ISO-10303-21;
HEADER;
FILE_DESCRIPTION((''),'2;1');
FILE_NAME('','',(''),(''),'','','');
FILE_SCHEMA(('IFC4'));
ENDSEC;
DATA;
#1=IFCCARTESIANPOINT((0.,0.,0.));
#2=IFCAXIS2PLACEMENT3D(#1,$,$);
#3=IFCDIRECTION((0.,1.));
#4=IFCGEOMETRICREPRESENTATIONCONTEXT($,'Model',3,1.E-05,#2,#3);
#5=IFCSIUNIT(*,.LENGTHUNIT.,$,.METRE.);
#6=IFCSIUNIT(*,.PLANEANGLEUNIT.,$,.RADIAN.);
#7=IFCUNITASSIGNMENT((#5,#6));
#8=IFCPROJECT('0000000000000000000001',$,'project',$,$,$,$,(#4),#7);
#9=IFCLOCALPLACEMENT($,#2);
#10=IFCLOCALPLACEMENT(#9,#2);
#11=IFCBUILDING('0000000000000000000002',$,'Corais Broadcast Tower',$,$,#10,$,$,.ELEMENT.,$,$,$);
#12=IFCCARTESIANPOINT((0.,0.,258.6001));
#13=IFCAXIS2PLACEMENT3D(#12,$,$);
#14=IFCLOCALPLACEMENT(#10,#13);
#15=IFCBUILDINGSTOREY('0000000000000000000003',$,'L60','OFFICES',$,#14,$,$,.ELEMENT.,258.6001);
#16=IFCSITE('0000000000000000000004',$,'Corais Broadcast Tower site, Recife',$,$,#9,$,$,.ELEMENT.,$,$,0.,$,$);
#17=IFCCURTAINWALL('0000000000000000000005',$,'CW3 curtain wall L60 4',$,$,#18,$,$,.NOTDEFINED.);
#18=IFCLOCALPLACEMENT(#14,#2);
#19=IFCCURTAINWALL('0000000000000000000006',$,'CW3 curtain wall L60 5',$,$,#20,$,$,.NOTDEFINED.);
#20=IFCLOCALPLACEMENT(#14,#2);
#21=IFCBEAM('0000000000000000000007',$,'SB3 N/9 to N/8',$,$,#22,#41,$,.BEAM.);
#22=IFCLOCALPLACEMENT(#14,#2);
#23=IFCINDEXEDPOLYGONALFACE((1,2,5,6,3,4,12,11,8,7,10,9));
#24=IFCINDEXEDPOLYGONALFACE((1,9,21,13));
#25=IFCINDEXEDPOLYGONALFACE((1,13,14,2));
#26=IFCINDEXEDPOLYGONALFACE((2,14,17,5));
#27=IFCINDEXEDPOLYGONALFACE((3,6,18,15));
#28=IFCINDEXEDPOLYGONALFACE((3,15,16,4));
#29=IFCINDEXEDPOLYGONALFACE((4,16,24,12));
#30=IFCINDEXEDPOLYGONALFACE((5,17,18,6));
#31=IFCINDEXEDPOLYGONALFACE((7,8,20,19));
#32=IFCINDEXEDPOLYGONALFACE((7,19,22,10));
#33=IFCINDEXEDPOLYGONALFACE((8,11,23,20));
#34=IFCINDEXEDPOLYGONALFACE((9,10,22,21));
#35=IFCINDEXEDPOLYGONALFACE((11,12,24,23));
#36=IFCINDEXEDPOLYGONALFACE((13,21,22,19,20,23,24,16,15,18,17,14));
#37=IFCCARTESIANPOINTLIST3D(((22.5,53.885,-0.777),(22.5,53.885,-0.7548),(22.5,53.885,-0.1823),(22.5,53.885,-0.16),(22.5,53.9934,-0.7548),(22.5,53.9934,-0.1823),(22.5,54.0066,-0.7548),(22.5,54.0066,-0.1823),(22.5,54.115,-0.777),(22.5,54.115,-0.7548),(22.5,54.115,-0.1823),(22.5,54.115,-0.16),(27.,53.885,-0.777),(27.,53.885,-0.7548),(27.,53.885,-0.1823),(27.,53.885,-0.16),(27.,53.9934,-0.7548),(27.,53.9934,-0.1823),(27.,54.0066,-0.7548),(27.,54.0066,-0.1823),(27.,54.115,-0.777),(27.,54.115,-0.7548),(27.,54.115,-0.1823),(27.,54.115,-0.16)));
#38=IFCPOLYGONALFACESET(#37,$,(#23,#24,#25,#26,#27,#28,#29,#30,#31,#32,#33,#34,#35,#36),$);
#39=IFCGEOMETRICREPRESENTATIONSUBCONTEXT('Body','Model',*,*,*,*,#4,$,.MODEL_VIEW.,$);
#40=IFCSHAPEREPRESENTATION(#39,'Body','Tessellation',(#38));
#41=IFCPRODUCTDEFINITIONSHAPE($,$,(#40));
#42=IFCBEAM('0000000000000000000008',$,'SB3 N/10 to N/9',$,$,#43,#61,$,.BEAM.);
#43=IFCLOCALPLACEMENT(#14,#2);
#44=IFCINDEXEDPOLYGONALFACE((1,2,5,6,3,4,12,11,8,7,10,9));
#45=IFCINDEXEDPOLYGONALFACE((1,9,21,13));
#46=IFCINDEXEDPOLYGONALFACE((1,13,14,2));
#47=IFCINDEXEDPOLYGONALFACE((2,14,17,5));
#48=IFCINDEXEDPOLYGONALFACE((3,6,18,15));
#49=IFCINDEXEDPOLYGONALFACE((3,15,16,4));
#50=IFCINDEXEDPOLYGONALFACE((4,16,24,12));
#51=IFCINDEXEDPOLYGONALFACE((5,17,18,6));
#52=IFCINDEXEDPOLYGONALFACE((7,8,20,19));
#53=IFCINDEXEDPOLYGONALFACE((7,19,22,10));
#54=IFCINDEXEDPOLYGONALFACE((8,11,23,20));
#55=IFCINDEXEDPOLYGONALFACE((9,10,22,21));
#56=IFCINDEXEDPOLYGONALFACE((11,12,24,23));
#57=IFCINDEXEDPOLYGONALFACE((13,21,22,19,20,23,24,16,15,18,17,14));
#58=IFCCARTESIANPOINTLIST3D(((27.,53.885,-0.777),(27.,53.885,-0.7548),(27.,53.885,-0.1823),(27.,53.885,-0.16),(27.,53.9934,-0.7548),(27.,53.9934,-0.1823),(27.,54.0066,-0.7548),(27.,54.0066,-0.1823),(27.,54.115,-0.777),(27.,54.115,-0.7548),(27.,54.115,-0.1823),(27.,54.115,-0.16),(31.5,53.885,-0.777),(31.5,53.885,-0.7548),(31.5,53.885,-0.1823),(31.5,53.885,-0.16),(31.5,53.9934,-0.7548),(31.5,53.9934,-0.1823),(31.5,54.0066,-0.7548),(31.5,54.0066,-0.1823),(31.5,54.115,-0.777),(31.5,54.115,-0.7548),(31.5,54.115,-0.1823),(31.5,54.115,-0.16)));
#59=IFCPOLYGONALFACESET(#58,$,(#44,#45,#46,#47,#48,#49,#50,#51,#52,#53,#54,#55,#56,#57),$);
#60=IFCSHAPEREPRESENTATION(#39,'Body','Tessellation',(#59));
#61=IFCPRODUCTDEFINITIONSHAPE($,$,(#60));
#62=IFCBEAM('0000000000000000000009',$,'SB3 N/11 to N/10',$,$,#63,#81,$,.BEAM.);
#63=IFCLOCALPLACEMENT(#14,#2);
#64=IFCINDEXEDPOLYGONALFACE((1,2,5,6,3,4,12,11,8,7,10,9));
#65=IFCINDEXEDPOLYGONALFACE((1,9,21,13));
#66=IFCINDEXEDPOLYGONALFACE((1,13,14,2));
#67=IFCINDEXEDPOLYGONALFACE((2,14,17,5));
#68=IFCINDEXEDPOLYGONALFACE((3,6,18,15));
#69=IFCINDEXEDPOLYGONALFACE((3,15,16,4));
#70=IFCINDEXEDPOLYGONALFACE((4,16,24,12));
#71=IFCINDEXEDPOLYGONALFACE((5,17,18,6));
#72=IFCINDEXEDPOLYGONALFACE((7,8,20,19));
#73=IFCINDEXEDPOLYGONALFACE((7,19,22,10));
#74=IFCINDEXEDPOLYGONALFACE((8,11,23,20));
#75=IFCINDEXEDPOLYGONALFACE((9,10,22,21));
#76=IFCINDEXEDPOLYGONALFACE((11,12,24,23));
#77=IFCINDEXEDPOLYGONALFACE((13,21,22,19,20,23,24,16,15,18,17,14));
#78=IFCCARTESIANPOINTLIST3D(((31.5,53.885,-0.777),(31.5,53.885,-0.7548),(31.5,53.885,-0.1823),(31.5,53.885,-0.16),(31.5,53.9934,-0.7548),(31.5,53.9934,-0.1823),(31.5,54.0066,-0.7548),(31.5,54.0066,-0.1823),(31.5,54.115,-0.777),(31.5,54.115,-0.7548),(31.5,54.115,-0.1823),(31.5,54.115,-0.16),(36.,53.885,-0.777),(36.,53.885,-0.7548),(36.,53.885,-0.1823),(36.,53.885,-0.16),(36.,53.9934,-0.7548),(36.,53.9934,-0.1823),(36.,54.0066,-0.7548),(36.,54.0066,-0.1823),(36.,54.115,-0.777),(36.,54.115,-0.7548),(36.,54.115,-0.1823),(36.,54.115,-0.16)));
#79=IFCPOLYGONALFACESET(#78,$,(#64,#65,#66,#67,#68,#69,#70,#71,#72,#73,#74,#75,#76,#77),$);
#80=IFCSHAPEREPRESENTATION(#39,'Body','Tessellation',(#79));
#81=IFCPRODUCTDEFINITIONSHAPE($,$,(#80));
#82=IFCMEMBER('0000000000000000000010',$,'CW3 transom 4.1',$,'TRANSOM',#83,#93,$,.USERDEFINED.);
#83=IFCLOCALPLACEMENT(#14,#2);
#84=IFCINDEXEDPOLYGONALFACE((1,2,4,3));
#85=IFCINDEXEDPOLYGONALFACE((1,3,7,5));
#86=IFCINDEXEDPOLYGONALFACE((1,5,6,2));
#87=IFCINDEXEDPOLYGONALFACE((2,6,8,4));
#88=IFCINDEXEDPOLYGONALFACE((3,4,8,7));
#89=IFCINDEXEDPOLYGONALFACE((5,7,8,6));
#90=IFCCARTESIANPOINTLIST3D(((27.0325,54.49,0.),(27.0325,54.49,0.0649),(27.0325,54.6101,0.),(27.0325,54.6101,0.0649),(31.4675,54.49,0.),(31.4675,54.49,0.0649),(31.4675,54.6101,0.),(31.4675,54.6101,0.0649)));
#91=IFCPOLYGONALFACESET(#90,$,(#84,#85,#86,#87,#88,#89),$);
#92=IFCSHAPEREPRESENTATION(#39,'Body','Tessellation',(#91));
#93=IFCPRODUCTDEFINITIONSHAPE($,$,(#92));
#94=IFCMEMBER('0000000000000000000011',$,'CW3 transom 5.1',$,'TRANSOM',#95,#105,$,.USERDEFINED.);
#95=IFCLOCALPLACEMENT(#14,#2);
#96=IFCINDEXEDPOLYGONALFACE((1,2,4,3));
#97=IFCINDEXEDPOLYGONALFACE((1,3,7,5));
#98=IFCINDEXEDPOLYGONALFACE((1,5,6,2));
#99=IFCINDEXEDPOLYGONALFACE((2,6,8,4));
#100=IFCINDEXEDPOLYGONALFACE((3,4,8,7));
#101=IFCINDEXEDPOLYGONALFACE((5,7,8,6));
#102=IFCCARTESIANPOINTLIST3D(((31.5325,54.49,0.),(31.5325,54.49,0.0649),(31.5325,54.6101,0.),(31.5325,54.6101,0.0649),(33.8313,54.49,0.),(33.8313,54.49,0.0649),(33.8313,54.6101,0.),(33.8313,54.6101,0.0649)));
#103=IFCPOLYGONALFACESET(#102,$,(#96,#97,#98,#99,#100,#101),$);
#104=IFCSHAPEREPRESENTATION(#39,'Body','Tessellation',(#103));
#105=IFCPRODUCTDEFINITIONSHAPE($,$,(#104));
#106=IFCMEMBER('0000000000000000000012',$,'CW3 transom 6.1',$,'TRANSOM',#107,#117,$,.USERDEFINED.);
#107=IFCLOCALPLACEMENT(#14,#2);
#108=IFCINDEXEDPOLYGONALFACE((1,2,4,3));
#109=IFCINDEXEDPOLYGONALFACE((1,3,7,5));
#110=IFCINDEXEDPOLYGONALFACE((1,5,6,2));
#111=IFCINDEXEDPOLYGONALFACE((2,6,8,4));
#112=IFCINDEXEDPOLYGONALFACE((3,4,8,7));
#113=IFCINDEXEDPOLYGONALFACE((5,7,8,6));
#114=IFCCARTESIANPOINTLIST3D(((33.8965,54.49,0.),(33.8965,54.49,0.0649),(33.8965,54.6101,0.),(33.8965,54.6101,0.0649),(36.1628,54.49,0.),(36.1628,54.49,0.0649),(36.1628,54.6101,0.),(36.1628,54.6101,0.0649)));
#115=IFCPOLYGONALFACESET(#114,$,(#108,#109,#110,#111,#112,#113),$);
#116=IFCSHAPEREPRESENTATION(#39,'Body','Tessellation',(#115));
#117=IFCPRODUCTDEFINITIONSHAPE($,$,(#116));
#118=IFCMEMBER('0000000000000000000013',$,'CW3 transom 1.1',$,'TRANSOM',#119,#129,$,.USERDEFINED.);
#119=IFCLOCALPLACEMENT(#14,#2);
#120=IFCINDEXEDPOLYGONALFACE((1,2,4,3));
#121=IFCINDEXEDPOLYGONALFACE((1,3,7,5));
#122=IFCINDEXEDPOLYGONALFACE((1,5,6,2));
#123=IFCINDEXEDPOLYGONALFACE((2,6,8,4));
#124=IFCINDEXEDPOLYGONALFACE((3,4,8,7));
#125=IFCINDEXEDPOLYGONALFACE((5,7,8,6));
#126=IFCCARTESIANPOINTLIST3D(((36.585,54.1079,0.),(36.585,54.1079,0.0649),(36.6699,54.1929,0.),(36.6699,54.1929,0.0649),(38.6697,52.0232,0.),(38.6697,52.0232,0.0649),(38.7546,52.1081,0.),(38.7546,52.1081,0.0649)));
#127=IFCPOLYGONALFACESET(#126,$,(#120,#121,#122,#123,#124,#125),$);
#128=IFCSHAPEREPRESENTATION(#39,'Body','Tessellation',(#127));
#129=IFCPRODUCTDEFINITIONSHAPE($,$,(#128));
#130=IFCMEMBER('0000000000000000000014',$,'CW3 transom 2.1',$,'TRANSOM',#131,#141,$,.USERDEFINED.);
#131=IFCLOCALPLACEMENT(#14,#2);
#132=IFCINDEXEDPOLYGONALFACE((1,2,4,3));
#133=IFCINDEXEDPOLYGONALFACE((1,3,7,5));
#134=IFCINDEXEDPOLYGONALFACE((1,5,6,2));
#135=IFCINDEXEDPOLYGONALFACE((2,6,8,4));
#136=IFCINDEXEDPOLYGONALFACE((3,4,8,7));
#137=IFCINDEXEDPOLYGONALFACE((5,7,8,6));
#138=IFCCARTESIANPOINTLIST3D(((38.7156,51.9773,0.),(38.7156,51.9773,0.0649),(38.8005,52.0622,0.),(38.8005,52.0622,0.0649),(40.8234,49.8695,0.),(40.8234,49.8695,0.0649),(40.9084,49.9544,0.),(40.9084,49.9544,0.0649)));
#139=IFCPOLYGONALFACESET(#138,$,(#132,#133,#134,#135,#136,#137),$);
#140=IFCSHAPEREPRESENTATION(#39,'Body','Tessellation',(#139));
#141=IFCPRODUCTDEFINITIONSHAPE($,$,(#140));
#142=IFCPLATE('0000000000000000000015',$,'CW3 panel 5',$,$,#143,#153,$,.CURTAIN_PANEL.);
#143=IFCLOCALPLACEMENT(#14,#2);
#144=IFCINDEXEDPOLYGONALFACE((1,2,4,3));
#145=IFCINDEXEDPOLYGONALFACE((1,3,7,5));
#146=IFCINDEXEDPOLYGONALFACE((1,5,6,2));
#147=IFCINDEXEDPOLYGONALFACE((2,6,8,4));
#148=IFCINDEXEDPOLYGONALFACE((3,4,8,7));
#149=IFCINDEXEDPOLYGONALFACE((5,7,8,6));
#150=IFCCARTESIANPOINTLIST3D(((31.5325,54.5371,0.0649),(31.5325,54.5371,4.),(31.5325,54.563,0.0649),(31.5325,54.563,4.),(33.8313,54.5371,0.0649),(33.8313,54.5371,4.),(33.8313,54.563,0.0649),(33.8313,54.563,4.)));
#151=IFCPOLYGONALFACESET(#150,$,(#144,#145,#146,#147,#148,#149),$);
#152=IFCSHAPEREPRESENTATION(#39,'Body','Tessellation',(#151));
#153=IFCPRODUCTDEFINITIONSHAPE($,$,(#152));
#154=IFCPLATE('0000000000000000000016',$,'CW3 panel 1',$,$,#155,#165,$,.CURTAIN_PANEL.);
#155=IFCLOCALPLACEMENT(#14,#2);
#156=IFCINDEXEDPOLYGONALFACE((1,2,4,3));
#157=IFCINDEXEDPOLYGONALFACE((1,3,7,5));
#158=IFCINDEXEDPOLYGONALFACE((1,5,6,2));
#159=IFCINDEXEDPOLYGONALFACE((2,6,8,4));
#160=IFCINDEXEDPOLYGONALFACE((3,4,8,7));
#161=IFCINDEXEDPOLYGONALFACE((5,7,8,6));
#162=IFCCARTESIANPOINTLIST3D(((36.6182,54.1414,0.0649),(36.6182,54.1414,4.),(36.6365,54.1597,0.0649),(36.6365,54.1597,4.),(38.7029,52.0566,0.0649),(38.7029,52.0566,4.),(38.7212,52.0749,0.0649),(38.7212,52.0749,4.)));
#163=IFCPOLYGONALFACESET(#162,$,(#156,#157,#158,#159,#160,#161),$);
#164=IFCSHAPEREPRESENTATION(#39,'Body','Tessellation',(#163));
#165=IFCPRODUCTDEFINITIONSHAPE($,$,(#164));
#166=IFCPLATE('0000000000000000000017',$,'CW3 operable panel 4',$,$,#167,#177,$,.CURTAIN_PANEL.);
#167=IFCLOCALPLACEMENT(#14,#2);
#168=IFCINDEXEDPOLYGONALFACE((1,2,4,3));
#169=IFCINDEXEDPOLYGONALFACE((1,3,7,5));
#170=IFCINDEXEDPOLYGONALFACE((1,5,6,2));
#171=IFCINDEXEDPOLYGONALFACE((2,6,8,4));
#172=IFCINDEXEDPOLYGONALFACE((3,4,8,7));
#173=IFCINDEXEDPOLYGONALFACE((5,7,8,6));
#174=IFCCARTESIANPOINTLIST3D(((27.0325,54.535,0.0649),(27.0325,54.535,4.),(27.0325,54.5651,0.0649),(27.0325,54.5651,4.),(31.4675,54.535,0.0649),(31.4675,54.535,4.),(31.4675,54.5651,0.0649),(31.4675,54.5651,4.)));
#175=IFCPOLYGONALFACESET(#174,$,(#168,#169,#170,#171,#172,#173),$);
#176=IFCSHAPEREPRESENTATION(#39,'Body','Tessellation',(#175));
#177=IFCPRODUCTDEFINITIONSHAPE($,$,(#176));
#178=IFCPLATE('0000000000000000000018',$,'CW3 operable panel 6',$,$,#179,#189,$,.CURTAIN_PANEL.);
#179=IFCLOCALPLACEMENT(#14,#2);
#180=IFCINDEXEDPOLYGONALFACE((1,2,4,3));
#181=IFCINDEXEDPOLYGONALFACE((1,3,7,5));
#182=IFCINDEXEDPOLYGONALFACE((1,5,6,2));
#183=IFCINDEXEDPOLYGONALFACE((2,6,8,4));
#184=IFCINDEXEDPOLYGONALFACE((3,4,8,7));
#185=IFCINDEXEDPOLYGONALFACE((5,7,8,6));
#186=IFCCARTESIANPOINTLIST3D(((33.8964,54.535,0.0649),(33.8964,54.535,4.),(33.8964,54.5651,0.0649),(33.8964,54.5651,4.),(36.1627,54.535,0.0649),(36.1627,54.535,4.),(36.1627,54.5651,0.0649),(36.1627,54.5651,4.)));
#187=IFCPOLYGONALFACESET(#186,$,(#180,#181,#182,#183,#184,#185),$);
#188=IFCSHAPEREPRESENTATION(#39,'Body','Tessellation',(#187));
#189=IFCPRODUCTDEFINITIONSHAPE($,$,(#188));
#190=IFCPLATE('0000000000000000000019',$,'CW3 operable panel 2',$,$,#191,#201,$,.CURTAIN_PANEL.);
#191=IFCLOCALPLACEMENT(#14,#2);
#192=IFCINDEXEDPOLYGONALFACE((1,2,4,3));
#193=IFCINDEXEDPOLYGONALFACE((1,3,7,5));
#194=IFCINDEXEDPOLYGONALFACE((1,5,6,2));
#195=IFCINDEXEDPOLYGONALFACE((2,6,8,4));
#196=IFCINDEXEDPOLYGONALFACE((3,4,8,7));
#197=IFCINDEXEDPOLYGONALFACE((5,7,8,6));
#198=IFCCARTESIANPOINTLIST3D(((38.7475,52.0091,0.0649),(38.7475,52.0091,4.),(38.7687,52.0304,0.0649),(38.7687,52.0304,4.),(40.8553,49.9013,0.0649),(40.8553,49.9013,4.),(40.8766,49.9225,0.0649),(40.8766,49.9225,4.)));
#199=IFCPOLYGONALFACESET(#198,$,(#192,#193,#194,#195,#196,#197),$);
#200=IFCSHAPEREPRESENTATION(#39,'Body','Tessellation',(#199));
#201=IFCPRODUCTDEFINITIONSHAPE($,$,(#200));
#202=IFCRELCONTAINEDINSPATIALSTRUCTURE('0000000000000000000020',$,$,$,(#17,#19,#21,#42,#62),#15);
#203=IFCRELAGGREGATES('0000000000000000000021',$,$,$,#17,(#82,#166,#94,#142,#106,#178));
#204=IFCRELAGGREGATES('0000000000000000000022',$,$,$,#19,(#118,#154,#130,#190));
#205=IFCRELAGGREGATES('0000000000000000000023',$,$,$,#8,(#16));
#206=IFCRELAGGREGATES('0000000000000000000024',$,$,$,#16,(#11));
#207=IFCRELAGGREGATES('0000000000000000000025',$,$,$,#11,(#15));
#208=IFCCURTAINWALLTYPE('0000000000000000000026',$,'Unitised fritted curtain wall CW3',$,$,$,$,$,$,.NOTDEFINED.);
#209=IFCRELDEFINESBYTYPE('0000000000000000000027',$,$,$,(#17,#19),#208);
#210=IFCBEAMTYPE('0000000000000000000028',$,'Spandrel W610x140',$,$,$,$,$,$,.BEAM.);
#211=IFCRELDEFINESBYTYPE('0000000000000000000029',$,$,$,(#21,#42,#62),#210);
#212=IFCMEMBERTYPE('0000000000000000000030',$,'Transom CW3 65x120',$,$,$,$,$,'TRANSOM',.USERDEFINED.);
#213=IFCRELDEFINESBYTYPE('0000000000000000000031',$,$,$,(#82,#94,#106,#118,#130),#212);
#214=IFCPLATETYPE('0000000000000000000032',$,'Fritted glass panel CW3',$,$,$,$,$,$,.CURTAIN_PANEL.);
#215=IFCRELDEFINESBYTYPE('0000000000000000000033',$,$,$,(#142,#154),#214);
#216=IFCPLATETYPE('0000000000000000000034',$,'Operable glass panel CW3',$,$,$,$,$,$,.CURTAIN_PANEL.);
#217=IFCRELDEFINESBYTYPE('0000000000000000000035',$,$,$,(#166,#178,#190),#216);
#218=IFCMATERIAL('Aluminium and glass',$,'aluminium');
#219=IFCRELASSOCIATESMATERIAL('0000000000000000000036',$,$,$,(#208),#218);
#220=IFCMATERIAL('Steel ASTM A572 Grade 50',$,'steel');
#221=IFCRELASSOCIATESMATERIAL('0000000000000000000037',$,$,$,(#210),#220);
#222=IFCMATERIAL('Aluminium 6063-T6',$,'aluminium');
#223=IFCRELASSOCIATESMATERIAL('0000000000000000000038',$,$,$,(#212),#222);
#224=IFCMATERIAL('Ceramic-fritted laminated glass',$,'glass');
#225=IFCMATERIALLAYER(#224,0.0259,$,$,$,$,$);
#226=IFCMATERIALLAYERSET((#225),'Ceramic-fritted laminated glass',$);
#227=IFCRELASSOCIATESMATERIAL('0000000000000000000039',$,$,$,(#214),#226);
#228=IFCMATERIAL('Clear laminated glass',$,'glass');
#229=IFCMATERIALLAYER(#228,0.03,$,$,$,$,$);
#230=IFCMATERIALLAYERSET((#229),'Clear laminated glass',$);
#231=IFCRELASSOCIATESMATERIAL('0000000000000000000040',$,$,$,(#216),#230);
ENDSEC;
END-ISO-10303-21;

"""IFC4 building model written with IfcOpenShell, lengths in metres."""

from ifc_helpers import new_model, si_unit, direction, frame, origin, origin_2d, place, context, subcontext, project, spatial, rectangle, i_section, extrude, material, layer, layer_set, material_profile, profile_set, type_object, element, aggregate, save


model = new_model("IFC4")

# Units and contexts
model_context = context("Model", 3, precision=1e-05, world=origin(), true_north=direction((0.0, 1.0)))
body_context = subcontext(model_context, "Body", "Model", "MODEL_VIEW")
ifc_project = project(units=[si_unit("LENGTHUNIT", "METRE"), si_unit("PLANEANGLEUNIT", "RADIAN")], contexts=[model_context])

# Site, building, storey
site_placement = place(None, origin())
site = spatial("IfcSite", under=ifc_project, at=site_placement, Name="Corais Broadcast Tower site, Recife", CompositionType="ELEMENT", RefElevation=0.0)
building_placement = place(site_placement, origin())
building = spatial("IfcBuilding", under=site, at=building_placement, Name="Corais Broadcast Tower", CompositionType="ELEMENT")
storey_placement = place(building_placement, frame((0.0, 0.0, 258.6001)))
storey = spatial("IfcBuildingStorey", under=building, at=storey_placement, Name="L60", Description="OFFICES", CompositionType="ELEMENT", Elevation=258.6001)

# Curtain walls
ifc_material_1 = material(Name="Aluminium and glass", Category="aluminium")
curtain_wall_type = type_object("IfcCurtainWallType", Name="Unitised fritted curtain wall CW3", PredefinedType="NOTDEFINED", material=ifc_material_1)
curtain_wall_1_placement = place(storey_placement, origin())
curtain_wall_1 = element("IfcCurtainWall", 1, at=curtain_wall_1_placement, inside=storey, type_object=curtain_wall_type, Name="CW3 curtain wall L60 4", PredefinedType="NOTDEFINED")
curtain_wall_2_placement = place(storey_placement, origin())
curtain_wall_2 = element("IfcCurtainWall", 2, at=curtain_wall_2_placement, inside=storey, type_object=curtain_wall_type, Name="CW3 curtain wall L60 5", PredefinedType="NOTDEFINED")

# Beams
ifc_material_2 = material(Name="Steel ASTM A572 Grade 50", Category="steel")
ifc_material_profile_1 = material_profile(ifc_material_2, i_section(OverallWidth=0.23, OverallDepth=0.6169, WebThickness=0.0132, FlangeThickness=0.0222, at=origin_2d()), Name="W610x140")
ifc_profile_set_1 = profile_set([ifc_material_profile_1], Name="Steel ASTM A572 Grade 50")
beam_type_1 = type_object("IfcBeamType", Name="Spandrel W610x140", PredefinedType="BEAM", material=ifc_profile_set_1)
for number, where, z_axis, x_axis, name in (
    (3, (27.0, 54.0, -0.4685), (-1.0, 0.0, 0.0), (0.0, -1.0, 0.0), "SB3 N/9 to N/8"),
    (4, (31.5, 54.0, -0.4685), (-1.0, 0.0, 0.0), (0.0, -1.0, 0.0), "SB3 N/10 to N/9"),
    (5, (36.0, 54.0, -0.4685), (-1.0, 0.0, 0.0), (0.0, -1.0, 0.0), "SB3 N/11 to N/10"),
):
    element("IfcBeam", number, at=place(storey_placement, frame(where, z_axis=z_axis, x_axis=x_axis)), inside=storey, type_object=beam_type_1, Name=name, PredefinedType="BEAM", context=body_context, shape_type="SweptSolid", body=[
        extrude(i_section(OverallWidth=0.23, OverallDepth=0.6169, WebThickness=0.0132, FlangeThickness=0.0222, at=origin_2d()), origin(), (0.0, 0.0, 1.0), 4.5),
    ])

# Members
ifc_material_3 = material(Name="Aluminium 6063-T6", Category="aluminium")
ifc_material_profile_2 = material_profile(ifc_material_3, rectangle(XDim=0.1201, YDim=0.0649, at=origin_2d()), Name="Transom CW3 65x120")
ifc_profile_set_2 = profile_set([ifc_material_profile_2], Name="Aluminium 6063-T6")
member_type_1 = type_object("IfcMemberType", Name="Transom CW3 65x120", ElementType="TRANSOM", PredefinedType="USERDEFINED", material=ifc_profile_set_2)
member_1_placement = place(storey_placement, frame((27.0325, 54.55, 0.0325), z_axis=(1.0, 0.0, 0.0), x_axis=(0.0, 1.0, 0.0)))
member_1 = element("IfcMember", 6, at=member_1_placement, type_object=member_type_1, Name="CW3 transom 4.1", ObjectType="TRANSOM", PredefinedType="USERDEFINED", context=body_context, shape_type="SweptSolid", body=[
    extrude(rectangle(XDim=0.1201, YDim=0.0649, at=origin_2d()), origin(), (0.0, 0.0, 1.0), 4.4351),
])
member_2_placement = place(storey_placement, frame((31.5325, 54.55, 0.0325), z_axis=(1.0, 0.0, 0.0), x_axis=(0.0, 1.0, 0.0)))
member_2 = element("IfcMember", 7, at=member_2_placement, type_object=member_type_1, Name="CW3 transom 5.1", ObjectType="TRANSOM", PredefinedType="USERDEFINED", context=body_context, shape_type="SweptSolid", body=[
    extrude(rectangle(XDim=0.1201, YDim=0.0649, at=origin_2d()), origin(), (0.0, 0.0, 1.0), 2.2988),
])
member_3_placement = place(storey_placement, frame((33.8965, 54.55, 0.0325), z_axis=(1.0, 0.0, 0.0), x_axis=(0.0, 1.0, 0.0)))
member_3 = element("IfcMember", 8, at=member_3_placement, type_object=member_type_1, Name="CW3 transom 6.1", ObjectType="TRANSOM", PredefinedType="USERDEFINED", context=body_context, shape_type="SweptSolid", body=[
    extrude(rectangle(XDim=0.1201, YDim=0.0649, at=origin_2d()), origin(), (0.0, 0.0, 1.0), 2.2664),
])
member_4_placement = place(storey_placement, frame((36.6274, 54.1504, 0.0325), z_axis=(0.707107, -0.707107, 0.0), x_axis=(0.707107, 0.707107, 0.0)))
member_4 = element("IfcMember", 9, at=member_4_placement, type_object=member_type_1, Name="CW3 transom 1.1", ObjectType="TRANSOM", PredefinedType="USERDEFINED", context=body_context, shape_type="SweptSolid", body=[
    extrude(rectangle(XDim=0.1201, YDim=0.0649, at=origin_2d()), origin(), (0.0, 0.0, 1.0), 2.9482),
])
member_5_placement = place(storey_placement, frame((38.7581, 52.0198, 0.0325), z_axis=(0.707107, -0.707107, 0.0), x_axis=(0.707107, 0.707107, 0.0)))
member_5 = element("IfcMember", 10, at=member_5_placement, type_object=member_type_1, Name="CW3 transom 2.1", ObjectType="TRANSOM", PredefinedType="USERDEFINED", context=body_context, shape_type="SweptSolid", body=[
    extrude(rectangle(XDim=0.1201, YDim=0.0649, at=origin_2d()), origin(), (0.0, 0.0, 1.0), 2.981),
])

# Plates
ifc_material_4 = material(Name="Ceramic-fritted laminated glass", Category="glass")
ifc_layer_1 = layer(ifc_material_4, 0.0259)
ifc_layer_set_1 = layer_set([ifc_layer_1], Name="Ceramic-fritted laminated glass")
plate_type_1 = type_object("IfcPlateType", Name="Fritted glass panel CW3", PredefinedType="CURTAIN_PANEL", material=ifc_layer_set_1)
plate_1_placement = place(storey_placement, frame((32.6819, 54.55, 0.0649), z_axis=(0.0, 0.0, 1.0), x_axis=(1.0, 0.0, 0.0)))
plate_1 = element("IfcPlate", 11, at=plate_1_placement, type_object=plate_type_1, Name="CW3 panel 5", PredefinedType="CURTAIN_PANEL", context=body_context, shape_type="SweptSolid", body=[
    extrude(rectangle(XDim=2.2988, YDim=0.0259, at=origin_2d()), origin(), (0.0, 0.0, 1.0), 3.9351),
])
plate_2_placement = place(storey_placement, frame((37.6697, 53.1082, 0.0649), z_axis=(0.0, 0.0, 1.0), x_axis=(0.707107, -0.707107, 0.0)))
plate_2 = element("IfcPlate", 12, at=plate_2_placement, type_object=plate_type_1, Name="CW3 panel 1", PredefinedType="CURTAIN_PANEL", context=body_context, shape_type="SweptSolid", body=[
    extrude(rectangle(XDim=2.9482, YDim=0.0259, at=origin_2d()), origin(), (0.0, 0.0, 1.0), 3.9351),
])
ifc_material_5 = material(Name="Clear laminated glass", Category="glass")
ifc_layer_2 = layer(ifc_material_5, 0.03)
ifc_layer_set_2 = layer_set([ifc_layer_2], Name="Clear laminated glass")
plate_type_2 = type_object("IfcPlateType", Name="Operable glass panel CW3", PredefinedType="CURTAIN_PANEL", material=ifc_layer_set_2)
plate_3_placement = place(storey_placement, frame((29.25, 54.55, 0.0649), z_axis=(0.0, 0.0, 1.0), x_axis=(1.0, 0.0, 0.0)))
plate_3 = element("IfcPlate", 13, at=plate_3_placement, type_object=plate_type_2, Name="CW3 operable panel 4", PredefinedType="CURTAIN_PANEL", context=body_context, shape_type="SweptSolid", body=[
    extrude(rectangle(XDim=4.4351, YDim=0.03, at=origin_2d()), origin(), (0.0, 0.0, 1.0), 3.9351),
])
plate_4_placement = place(storey_placement, frame((35.0295, 54.55, 0.0649), z_axis=(0.0, 0.0, 1.0), x_axis=(1.0, 0.0, 0.0)))
plate_4 = element("IfcPlate", 14, at=plate_4_placement, type_object=plate_type_2, Name="CW3 operable panel 6", PredefinedType="CURTAIN_PANEL", context=body_context, shape_type="SweptSolid", body=[
    extrude(rectangle(XDim=2.2664, YDim=0.03, at=origin_2d()), origin(), (0.0, 0.0, 1.0), 3.9351),
])
aggregate(curtain_wall_1, [member_1, plate_3, member_2, plate_1, member_3, plate_4])
plate_5_placement = place(storey_placement, frame((39.812, 50.9658, 0.0649), z_axis=(0.0, 0.0, 1.0), x_axis=(0.707107, -0.707107, 0.0)))
plate_5 = element("IfcPlate", 15, at=plate_5_placement, type_object=plate_type_2, Name="CW3 operable panel 2", PredefinedType="CURTAIN_PANEL", context=body_context, shape_type="SweptSolid", body=[
    extrude(rectangle(XDim=2.981, YDim=0.03, at=origin_2d()), origin(), (0.0, 0.0, 1.0), 3.9351),
])
aggregate(curtain_wall_2, [member_4, plate_2, member_5, plate_5])

save(model, "model.ifc")
